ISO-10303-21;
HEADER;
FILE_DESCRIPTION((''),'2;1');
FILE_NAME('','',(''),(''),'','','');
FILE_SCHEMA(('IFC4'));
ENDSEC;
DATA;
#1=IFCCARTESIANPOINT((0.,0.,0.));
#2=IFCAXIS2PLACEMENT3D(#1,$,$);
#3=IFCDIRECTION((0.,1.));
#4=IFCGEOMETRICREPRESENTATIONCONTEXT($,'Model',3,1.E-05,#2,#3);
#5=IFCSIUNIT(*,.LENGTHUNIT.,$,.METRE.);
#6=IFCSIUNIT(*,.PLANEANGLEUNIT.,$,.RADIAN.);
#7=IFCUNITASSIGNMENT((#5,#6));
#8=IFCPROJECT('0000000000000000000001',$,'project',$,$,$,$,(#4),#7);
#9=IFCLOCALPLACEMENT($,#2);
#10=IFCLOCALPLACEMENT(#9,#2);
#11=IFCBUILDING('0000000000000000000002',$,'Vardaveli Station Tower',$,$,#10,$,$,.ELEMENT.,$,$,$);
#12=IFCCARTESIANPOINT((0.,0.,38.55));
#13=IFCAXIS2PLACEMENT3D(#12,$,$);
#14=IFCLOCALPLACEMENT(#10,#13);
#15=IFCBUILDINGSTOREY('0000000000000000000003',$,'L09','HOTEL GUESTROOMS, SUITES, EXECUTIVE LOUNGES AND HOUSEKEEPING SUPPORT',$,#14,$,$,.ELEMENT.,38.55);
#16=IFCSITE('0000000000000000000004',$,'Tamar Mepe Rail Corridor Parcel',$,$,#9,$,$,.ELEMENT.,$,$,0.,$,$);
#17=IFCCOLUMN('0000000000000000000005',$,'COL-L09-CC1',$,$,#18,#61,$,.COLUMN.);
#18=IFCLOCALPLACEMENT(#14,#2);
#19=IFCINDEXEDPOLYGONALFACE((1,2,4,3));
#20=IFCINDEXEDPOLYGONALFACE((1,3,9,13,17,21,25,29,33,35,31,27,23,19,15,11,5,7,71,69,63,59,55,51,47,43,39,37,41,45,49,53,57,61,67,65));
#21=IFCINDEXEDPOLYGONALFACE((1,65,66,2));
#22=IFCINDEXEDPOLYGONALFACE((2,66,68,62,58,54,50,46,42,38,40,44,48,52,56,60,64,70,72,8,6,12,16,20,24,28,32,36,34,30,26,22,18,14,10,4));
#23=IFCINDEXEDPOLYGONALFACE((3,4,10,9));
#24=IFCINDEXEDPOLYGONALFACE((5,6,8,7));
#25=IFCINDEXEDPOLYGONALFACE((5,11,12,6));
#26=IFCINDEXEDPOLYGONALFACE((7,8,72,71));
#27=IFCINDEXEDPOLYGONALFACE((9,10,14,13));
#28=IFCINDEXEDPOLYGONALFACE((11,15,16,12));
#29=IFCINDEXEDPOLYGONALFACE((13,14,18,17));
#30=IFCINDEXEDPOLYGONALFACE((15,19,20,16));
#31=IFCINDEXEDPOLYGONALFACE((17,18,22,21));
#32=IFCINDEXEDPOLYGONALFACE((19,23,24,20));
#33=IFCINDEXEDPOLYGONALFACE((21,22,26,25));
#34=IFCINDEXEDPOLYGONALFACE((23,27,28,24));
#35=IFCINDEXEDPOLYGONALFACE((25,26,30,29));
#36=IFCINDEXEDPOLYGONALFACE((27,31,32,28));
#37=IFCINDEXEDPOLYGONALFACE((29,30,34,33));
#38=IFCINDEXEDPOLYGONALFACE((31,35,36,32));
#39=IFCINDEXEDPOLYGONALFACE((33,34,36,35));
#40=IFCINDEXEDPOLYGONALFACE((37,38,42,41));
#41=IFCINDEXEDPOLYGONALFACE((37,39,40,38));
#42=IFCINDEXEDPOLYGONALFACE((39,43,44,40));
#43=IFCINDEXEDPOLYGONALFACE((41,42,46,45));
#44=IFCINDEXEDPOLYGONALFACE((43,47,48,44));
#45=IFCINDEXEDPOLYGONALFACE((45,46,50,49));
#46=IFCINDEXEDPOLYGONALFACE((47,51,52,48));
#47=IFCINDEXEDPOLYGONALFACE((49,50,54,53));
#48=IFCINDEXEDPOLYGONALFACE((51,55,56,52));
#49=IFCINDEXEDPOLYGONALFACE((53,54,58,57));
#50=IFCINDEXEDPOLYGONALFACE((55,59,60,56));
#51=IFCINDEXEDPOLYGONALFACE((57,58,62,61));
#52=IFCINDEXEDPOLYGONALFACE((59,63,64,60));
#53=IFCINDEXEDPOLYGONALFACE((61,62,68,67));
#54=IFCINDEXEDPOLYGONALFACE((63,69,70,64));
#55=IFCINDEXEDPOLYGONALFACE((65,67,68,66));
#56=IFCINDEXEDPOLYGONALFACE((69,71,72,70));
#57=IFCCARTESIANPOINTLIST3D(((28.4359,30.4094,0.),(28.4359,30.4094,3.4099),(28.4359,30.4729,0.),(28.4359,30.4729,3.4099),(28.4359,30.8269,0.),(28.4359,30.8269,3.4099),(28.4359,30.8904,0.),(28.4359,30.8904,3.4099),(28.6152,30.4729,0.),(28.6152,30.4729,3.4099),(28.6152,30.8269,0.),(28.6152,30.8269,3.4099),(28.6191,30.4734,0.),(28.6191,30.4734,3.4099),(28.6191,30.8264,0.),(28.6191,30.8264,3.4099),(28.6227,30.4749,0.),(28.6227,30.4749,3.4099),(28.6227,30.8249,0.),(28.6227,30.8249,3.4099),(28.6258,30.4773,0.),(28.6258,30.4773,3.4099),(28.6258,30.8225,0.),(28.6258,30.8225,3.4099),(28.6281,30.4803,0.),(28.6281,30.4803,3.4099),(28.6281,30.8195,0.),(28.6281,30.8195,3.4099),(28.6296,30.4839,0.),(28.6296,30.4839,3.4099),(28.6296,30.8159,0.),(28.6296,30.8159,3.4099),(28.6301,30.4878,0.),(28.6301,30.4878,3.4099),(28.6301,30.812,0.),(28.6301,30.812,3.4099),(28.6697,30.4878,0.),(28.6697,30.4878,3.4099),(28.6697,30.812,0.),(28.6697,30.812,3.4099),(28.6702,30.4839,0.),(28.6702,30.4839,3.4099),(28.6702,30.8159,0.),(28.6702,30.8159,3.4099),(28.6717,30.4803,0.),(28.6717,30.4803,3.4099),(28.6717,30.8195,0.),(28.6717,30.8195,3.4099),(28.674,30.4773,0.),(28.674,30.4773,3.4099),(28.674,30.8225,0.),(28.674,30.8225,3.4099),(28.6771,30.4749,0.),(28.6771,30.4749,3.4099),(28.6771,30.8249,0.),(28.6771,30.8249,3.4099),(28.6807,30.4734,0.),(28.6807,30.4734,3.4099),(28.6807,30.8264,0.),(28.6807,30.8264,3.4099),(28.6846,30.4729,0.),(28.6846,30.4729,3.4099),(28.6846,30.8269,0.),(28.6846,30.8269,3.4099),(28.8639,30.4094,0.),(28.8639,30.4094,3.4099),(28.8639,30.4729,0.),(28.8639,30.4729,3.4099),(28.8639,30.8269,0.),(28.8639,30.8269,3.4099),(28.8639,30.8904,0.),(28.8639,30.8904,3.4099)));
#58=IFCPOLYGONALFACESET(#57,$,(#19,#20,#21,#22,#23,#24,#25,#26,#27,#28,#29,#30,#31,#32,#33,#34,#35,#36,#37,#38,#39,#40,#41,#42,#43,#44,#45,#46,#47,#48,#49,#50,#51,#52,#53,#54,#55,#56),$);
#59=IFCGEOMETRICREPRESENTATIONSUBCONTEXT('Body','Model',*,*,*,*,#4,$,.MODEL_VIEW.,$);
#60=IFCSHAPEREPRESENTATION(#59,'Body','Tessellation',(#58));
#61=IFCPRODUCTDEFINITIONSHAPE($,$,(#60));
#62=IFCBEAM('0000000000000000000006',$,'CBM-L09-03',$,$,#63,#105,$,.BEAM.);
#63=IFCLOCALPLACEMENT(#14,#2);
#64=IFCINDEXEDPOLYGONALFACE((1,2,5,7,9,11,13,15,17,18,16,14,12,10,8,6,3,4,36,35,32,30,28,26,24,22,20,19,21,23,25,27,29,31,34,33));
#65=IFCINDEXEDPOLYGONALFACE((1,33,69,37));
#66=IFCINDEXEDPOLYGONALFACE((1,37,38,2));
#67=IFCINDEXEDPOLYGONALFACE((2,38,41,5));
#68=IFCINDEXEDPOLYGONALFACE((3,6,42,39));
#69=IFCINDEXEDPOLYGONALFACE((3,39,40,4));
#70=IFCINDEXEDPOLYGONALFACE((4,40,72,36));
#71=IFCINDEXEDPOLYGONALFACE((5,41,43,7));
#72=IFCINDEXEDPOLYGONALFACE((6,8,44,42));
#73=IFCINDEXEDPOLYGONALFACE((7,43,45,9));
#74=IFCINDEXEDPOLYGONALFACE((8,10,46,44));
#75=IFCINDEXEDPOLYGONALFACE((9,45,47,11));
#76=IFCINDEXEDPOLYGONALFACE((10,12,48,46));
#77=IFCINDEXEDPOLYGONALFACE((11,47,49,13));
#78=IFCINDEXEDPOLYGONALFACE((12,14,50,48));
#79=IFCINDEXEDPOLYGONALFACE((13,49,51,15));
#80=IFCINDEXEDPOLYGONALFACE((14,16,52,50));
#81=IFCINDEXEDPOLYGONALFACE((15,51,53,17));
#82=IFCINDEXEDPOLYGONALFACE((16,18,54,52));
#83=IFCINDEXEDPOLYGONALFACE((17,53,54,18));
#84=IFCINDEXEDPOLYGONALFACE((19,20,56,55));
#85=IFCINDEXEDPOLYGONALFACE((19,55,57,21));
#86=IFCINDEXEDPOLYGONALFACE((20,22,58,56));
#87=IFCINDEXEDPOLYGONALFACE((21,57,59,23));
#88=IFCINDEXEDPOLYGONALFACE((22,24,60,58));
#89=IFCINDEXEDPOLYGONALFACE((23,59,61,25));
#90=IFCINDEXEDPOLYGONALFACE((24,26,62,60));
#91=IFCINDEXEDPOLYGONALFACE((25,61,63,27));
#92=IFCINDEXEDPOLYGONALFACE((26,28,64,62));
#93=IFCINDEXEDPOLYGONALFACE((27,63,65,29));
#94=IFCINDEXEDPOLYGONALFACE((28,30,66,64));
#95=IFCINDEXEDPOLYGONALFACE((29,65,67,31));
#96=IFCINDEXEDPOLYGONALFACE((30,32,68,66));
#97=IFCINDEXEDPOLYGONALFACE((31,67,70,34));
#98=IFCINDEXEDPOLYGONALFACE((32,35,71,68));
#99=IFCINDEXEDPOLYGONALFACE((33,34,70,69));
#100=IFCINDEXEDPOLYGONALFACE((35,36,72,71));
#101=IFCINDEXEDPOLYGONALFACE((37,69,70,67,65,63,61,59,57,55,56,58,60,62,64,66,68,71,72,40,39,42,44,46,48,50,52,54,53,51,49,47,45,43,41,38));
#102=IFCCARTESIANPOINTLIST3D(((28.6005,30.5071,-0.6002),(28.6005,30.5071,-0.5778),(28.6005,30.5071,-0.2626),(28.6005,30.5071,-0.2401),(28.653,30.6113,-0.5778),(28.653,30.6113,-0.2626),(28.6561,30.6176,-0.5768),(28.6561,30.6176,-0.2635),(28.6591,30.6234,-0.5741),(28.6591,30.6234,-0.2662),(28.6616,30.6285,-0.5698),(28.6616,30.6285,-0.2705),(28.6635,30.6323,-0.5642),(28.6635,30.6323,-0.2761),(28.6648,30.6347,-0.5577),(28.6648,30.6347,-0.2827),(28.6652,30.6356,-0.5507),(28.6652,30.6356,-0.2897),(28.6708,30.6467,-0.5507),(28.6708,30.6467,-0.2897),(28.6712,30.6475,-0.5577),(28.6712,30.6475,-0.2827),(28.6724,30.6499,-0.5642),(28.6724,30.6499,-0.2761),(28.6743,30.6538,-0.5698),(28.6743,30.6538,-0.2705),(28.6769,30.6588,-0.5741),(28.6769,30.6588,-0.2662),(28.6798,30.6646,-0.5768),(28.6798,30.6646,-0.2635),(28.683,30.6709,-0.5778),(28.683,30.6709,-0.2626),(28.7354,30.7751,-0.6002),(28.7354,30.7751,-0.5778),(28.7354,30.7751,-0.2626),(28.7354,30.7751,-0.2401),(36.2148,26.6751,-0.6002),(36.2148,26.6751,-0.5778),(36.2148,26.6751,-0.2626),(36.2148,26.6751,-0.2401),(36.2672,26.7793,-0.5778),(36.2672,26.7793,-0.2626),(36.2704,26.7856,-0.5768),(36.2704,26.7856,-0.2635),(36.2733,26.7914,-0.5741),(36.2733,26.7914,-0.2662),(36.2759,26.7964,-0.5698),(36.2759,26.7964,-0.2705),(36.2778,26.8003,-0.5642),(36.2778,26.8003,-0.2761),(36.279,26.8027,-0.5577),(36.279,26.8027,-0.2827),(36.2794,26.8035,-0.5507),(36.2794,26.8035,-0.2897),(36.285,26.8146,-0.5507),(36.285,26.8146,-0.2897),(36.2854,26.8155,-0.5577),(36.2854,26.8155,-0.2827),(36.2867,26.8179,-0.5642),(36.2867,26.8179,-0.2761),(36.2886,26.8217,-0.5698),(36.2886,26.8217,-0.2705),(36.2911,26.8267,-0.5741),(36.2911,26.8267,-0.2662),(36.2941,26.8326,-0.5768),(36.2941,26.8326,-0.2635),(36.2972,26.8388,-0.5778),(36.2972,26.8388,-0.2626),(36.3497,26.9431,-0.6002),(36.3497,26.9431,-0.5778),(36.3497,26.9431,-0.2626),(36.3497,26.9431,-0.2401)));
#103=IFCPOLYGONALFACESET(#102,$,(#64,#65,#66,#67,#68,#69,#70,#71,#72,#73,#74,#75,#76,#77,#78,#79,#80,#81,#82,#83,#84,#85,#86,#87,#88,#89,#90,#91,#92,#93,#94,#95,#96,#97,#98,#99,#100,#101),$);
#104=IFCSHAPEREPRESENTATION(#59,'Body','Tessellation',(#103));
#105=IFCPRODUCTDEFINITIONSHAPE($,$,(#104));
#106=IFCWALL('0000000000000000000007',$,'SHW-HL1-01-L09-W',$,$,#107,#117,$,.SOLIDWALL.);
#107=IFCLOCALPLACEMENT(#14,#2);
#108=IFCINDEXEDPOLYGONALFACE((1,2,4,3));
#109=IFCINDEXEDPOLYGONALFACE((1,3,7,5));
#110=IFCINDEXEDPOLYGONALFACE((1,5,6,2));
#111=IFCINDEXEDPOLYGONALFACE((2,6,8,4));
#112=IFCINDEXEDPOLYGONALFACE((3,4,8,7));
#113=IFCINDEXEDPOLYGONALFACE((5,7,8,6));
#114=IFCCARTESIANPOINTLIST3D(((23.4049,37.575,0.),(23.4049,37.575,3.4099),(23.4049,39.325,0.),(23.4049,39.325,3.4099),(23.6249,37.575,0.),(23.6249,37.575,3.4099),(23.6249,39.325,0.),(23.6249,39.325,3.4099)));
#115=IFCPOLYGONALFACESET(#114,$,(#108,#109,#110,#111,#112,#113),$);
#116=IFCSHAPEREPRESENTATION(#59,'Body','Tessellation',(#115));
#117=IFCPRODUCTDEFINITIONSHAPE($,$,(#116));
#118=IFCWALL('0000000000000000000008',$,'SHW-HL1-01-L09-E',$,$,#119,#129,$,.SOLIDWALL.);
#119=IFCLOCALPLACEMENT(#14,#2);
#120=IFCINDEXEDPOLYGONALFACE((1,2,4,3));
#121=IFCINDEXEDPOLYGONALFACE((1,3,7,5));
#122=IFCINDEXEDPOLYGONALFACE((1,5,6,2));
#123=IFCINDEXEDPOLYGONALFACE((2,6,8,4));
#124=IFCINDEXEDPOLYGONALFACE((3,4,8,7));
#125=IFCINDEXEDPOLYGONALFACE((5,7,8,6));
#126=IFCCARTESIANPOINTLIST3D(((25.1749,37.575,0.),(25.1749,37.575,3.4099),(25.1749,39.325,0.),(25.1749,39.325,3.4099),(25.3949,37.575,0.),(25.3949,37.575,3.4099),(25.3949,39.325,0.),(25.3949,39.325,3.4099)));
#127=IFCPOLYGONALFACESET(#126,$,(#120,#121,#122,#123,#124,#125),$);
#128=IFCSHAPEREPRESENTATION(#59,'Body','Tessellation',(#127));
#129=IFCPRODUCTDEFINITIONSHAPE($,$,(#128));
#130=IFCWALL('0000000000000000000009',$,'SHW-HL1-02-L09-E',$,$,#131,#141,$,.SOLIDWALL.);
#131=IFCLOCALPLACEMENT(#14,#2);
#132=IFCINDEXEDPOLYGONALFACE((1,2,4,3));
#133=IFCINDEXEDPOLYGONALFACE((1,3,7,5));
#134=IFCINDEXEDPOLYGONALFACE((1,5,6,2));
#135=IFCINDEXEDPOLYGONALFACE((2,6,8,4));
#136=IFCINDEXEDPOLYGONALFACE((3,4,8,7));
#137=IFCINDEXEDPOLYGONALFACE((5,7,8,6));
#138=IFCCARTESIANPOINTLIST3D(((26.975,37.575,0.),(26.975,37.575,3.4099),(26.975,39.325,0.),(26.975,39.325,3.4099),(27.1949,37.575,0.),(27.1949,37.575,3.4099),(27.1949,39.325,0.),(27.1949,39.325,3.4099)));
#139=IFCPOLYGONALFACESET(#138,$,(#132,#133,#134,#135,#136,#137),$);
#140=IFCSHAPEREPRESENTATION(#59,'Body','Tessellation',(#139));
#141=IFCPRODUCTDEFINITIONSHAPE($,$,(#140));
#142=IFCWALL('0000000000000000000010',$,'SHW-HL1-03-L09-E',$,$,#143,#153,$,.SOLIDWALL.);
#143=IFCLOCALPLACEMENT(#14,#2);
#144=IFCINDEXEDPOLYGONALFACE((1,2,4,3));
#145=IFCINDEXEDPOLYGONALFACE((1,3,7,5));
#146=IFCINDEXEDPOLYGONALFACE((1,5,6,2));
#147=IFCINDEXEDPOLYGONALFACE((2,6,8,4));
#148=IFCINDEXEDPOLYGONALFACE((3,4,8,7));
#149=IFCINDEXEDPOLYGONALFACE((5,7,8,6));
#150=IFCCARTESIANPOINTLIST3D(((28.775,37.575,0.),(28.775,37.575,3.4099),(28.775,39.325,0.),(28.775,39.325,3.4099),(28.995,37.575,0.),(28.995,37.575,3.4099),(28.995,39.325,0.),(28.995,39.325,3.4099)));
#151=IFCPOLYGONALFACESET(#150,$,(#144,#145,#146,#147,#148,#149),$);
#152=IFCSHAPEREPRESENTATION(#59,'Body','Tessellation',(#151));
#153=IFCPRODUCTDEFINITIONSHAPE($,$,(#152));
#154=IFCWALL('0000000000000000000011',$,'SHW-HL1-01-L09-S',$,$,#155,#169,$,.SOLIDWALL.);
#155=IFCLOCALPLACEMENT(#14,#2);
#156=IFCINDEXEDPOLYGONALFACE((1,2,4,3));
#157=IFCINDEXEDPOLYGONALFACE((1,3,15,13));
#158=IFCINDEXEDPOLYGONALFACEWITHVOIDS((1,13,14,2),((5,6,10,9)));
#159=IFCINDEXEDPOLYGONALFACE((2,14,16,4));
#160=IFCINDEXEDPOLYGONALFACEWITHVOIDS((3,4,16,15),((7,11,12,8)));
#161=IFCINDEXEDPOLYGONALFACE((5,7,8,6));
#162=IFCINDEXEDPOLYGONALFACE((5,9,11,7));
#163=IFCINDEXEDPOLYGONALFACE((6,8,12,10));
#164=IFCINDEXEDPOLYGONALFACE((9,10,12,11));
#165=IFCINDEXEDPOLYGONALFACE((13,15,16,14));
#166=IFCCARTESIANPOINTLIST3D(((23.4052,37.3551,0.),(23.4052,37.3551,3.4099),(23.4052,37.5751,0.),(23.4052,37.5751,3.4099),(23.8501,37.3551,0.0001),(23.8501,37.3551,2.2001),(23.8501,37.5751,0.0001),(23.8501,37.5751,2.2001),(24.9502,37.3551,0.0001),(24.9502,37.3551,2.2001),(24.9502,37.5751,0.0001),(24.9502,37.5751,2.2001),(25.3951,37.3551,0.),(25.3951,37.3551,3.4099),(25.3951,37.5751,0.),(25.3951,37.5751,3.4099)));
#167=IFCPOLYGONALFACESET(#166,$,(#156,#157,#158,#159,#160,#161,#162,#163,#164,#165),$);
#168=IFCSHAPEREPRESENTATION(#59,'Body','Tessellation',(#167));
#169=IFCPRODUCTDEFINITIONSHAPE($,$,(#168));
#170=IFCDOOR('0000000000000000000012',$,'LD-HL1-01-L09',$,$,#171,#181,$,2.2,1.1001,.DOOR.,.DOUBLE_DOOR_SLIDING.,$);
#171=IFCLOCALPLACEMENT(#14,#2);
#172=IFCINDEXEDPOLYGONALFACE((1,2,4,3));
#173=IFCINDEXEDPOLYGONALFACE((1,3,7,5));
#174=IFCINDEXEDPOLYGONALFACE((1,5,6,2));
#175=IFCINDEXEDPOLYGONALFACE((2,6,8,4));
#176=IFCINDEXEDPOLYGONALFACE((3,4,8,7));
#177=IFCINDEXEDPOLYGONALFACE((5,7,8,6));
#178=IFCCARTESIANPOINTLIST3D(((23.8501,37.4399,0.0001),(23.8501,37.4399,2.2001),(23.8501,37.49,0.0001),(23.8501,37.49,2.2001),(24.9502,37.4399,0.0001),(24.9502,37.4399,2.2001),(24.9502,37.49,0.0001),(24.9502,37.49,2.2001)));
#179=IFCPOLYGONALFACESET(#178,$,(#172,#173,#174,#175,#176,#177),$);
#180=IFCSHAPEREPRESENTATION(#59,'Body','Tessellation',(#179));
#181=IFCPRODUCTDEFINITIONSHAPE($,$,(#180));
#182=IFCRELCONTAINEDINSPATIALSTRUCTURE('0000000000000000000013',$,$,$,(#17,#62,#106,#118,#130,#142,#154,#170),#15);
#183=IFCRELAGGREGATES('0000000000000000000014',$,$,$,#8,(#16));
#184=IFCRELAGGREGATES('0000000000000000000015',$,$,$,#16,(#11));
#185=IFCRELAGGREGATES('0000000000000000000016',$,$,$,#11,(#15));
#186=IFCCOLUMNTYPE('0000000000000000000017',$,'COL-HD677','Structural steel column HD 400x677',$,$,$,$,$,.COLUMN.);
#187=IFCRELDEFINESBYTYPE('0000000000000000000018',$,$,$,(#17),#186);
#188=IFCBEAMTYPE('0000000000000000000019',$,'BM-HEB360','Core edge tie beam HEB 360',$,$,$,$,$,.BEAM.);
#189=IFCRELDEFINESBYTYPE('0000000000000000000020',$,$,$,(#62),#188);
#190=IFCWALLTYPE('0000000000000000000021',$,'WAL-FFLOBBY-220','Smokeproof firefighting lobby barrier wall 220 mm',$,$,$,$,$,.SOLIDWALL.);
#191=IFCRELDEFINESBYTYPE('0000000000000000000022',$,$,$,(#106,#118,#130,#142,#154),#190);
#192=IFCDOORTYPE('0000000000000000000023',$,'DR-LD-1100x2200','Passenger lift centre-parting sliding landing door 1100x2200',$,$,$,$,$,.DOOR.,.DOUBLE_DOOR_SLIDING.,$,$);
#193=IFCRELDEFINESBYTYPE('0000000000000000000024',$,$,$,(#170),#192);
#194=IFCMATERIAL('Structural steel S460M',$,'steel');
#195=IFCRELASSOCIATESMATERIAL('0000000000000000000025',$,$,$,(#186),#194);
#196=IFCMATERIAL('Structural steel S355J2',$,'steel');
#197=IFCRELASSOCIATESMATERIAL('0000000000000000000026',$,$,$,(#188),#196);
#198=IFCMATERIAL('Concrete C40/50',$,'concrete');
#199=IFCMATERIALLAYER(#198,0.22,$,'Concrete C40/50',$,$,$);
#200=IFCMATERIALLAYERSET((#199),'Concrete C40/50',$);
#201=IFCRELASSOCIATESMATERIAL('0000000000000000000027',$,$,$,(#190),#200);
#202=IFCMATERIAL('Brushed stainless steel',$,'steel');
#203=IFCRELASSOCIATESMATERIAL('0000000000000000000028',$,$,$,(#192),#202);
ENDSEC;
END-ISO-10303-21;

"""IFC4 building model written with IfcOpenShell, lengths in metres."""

from ifc_helpers import new_model, si_unit, direction, frame, frame_2d, origin, origin_2d, place, context, subcontext, project, spatial, rectangle, i_section, extrude, source, transform, mapped, material, layer, layer_set, material_profile, profile_set, type_object, element, fill, save


model = new_model("IFC4")

# Units and contexts
model_context = context("Model", 3, precision=1e-05, world=origin(), true_north=direction((0.0, 1.0)))
body_context = subcontext(model_context, "Body", "Model", "MODEL_VIEW")
ifc_project = project(units=[si_unit("LENGTHUNIT", "METRE"), si_unit("PLANEANGLEUNIT", "RADIAN")], contexts=[model_context])

# Site, building, storey
site_placement = place(None, origin())
site = spatial("IfcSite", under=ifc_project, at=site_placement, Name="Tamar Mepe Rail Corridor Parcel", CompositionType="ELEMENT", RefElevation=0.0)
building_placement = place(site_placement, origin())
building = spatial("IfcBuilding", under=site, at=building_placement, Name="Vardaveli Station Tower", CompositionType="ELEMENT")
storey_placement = place(building_placement, frame((0.0, 0.0, 38.55)))
storey = spatial("IfcBuildingStorey", under=building, at=storey_placement, Name="L09", Description="HOTEL GUESTROOMS, SUITES, EXECUTIVE LOUNGES AND HOUSEKEEPING SUPPORT", CompositionType="ELEMENT", Elevation=38.55)

# Column
ifc_material_1 = material(Name="Structural steel S460M", Category="steel")
ifc_material_profile_1 = material_profile(ifc_material_1, i_section(OverallWidth=0.428, OverallDepth=0.481, WebThickness=0.0396, FlangeThickness=0.0635, FilletRadius=0.0149, at=origin_2d()), Name="HD 400x677")
ifc_profile_set_1 = profile_set([ifc_material_profile_1], Name="Structural steel S460M")
column_type = type_object("IfcColumnType", Name="COL-HD677", Description="Structural steel column HD 400x677", PredefinedType="COLUMN", material=ifc_profile_set_1)
shared_shape_1 = source(origin(), body_context, "Body", "SweptSolid", [
    extrude(i_section(OverallWidth=0.428, OverallDepth=0.481, WebThickness=0.0396, FlangeThickness=0.0635, FilletRadius=0.0149, at=origin_2d()), origin(), (0.0, 0.0, 1.0), 3.4099),
])
column_placement = place(storey_placement, frame((28.6499, 30.6499, 0.0), z_axis=(0.0, 0.0, 1.0), x_axis=(1.0, 0.0, 0.0)))
element("IfcColumn", 1, at=column_placement, inside=storey, type_object=column_type, Name="COL-L09-CC1", PredefinedType="COLUMN", context=body_context, shape_type="MappedRepresentation", body=[
    mapped(shared_shape_1, transform((0.0, 0.0, 0.0), scale=1.0)),
])

# Beam
ifc_material_2 = material(Name="Structural steel S355J2", Category="steel")
ifc_material_profile_2 = material_profile(ifc_material_2, i_section(OverallWidth=0.3, OverallDepth=0.3601, WebThickness=0.0125, FlangeThickness=0.0225, FilletRadius=0.0271, at=origin_2d()), Name="HEB 360")
ifc_profile_set_2 = profile_set([ifc_material_profile_2], Name="Structural steel S355J2")
beam_type = type_object("IfcBeamType", Name="BM-HEB360", Description="Core edge tie beam HEB 360", PredefinedType="BEAM", material=ifc_profile_set_2)
shared_shape_2 = source(origin(), body_context, "Body", "SweptSolid", [
    extrude(i_section(OverallWidth=0.3, OverallDepth=0.3601, WebThickness=0.0125, FlangeThickness=0.0225, FilletRadius=0.0271, at=origin_2d()), origin(), (0.0, 0.0, 1.0), 8.5242),
])
beam_placement = place(storey_placement, frame((28.668, 30.6411, -0.4202), z_axis=(0.893256, -0.449549, 0.0), x_axis=(0.449549, 0.893256, 0.0)))
element("IfcBeam", 2, at=beam_placement, inside=storey, type_object=beam_type, Name="CBM-L09-03", PredefinedType="BEAM", context=body_context, shape_type="MappedRepresentation", body=[
    mapped(shared_shape_2, transform((0.0, 0.0, 0.0), scale=1.0)),
])

# Walls
ifc_material_3 = material(Name="Concrete C40/50", Category="concrete")
ifc_layer_1 = layer(ifc_material_3, 0.22, Name="Concrete C40/50")
ifc_layer_set_1 = layer_set([ifc_layer_1], Name="Concrete C40/50")
wall_type_1 = type_object("IfcWallType", Name="WAL-FFLOBBY-220", Description="Smokeproof firefighting lobby barrier wall 220 mm", PredefinedType="SOLIDWALL", material=ifc_layer_set_1)
shared_shape_3 = source(origin(), body_context, "Body", "SweptSolid", [
    extrude(rectangle(XDim=1.75, YDim=0.22, at=frame_2d((0.875, 0.0))), origin(), (0.0, 0.0, 1.0), 3.4099),
])
for number, where, z_axis, x_axis, name in (
    (3, (23.5149, 37.575, 0.0), (0.0, 0.0, 1.0), (0.0, 1.0, 0.0), "SHW-HL1-01-L09-W"),
    (4, (25.2849, 37.575, 0.0), (0.0, 0.0, 1.0), (0.0, 1.0, 0.0), "SHW-HL1-01-L09-E"),
    (5, (27.085, 37.575, 0.0), (0.0, 0.0, 1.0), (0.0, 1.0, 0.0), "SHW-HL1-02-L09-E"),
    (6, (28.885, 37.575, 0.0), (0.0, 0.0, 1.0), (0.0, 1.0, 0.0), "SHW-HL1-03-L09-E"),
):
    element("IfcWall", number, at=place(storey_placement, frame(where, z_axis=z_axis, x_axis=x_axis)), inside=storey, type_object=wall_type_1, Name=name, PredefinedType="SOLIDWALL", context=body_context, shape_type="MappedRepresentation", body=[
        mapped(shared_shape_3, transform((0.0, 0.0, 0.0), scale=1.0)),
    ])

# Wall, opening, door
shared_shape_4 = source(origin(), body_context, "Body", "SweptSolid", [
    extrude(rectangle(XDim=1.99, YDim=0.22, at=frame_2d((0.9951, 0.0))), origin(), (0.0, 0.0, 1.0), 3.4099),
])
wall_1_placement = place(storey_placement, frame((23.405, 37.4651, 0.0), z_axis=(0.0, 0.0, 1.0), x_axis=(1.0, 0.0, 0.0)))
wall_1 = element("IfcWall", 7, at=wall_1_placement, inside=storey, type_object=wall_type_1, Name="SHW-HL1-01-L09-S", PredefinedType="SOLIDWALL", context=body_context, shape_type="MappedRepresentation", body=[
    mapped(shared_shape_4, transform((0.0, 0.0, 0.0), scale=1.0)),
])
shared_shape_5 = source(origin(), body_context, "Body", "SweptSolid", [
    extrude(rectangle(XDim=1.1001, YDim=2.2, at=frame_2d((0.55, 1.1001))), frame((0.0, 0.1201, 0.0), z_axis=(0.0, -1.0, 0.0), x_axis=(1.0, 0.0, 0.0)), (0.0, 0.0, 1.0), 0.24),
])
opening_1_placement = place(wall_1_placement, frame((0.4451, 0.0, 0.0)))
opening_1 = element("IfcOpeningElement", 8, at=opening_1_placement, cuts=wall_1, PredefinedType="OPENING", context=body_context, shape_type="MappedRepresentation", body=[
    mapped(shared_shape_5, transform((0.0, 0.0, 0.0), scale=1.0)),
])
ifc_material_4 = material(Name="Brushed stainless steel", Category="steel")
door_type_1 = type_object("IfcDoorType", Name="DR-LD-1100x2200", Description="Passenger lift centre-parting sliding landing door 1100x2200", OperationType="DOUBLE_DOOR_SLIDING", PredefinedType="DOOR", material=ifc_material_4)
shared_shape_6 = source(origin(), body_context, "Body", "SweptSolid", [
    extrude(rectangle(XDim=1.1001, YDim=2.2, at=frame_2d((0.55, 1.1001))), frame((0.0, 0.0249, 0.0), z_axis=(0.0, -1.0, 0.0), x_axis=(1.0, 0.0, 0.0)), (0.0, 0.0, 1.0), 0.05),
])
door_1_placement = place(opening_1_placement, origin())
door_1 = element("IfcDoor", 9, at=door_1_placement, inside=storey, type_object=door_type_1, Name="LD-HL1-01-L09", OperationType="DOUBLE_DOOR_SLIDING", OverallHeight=2.2, OverallWidth=1.1001, PredefinedType="DOOR", context=body_context, shape_type="MappedRepresentation", body=[
    mapped(shared_shape_6, transform((0.0, 0.0, 0.0), scale=1.0)),
])
fill(opening_1, door_1)

save(model, "model.ifc")
